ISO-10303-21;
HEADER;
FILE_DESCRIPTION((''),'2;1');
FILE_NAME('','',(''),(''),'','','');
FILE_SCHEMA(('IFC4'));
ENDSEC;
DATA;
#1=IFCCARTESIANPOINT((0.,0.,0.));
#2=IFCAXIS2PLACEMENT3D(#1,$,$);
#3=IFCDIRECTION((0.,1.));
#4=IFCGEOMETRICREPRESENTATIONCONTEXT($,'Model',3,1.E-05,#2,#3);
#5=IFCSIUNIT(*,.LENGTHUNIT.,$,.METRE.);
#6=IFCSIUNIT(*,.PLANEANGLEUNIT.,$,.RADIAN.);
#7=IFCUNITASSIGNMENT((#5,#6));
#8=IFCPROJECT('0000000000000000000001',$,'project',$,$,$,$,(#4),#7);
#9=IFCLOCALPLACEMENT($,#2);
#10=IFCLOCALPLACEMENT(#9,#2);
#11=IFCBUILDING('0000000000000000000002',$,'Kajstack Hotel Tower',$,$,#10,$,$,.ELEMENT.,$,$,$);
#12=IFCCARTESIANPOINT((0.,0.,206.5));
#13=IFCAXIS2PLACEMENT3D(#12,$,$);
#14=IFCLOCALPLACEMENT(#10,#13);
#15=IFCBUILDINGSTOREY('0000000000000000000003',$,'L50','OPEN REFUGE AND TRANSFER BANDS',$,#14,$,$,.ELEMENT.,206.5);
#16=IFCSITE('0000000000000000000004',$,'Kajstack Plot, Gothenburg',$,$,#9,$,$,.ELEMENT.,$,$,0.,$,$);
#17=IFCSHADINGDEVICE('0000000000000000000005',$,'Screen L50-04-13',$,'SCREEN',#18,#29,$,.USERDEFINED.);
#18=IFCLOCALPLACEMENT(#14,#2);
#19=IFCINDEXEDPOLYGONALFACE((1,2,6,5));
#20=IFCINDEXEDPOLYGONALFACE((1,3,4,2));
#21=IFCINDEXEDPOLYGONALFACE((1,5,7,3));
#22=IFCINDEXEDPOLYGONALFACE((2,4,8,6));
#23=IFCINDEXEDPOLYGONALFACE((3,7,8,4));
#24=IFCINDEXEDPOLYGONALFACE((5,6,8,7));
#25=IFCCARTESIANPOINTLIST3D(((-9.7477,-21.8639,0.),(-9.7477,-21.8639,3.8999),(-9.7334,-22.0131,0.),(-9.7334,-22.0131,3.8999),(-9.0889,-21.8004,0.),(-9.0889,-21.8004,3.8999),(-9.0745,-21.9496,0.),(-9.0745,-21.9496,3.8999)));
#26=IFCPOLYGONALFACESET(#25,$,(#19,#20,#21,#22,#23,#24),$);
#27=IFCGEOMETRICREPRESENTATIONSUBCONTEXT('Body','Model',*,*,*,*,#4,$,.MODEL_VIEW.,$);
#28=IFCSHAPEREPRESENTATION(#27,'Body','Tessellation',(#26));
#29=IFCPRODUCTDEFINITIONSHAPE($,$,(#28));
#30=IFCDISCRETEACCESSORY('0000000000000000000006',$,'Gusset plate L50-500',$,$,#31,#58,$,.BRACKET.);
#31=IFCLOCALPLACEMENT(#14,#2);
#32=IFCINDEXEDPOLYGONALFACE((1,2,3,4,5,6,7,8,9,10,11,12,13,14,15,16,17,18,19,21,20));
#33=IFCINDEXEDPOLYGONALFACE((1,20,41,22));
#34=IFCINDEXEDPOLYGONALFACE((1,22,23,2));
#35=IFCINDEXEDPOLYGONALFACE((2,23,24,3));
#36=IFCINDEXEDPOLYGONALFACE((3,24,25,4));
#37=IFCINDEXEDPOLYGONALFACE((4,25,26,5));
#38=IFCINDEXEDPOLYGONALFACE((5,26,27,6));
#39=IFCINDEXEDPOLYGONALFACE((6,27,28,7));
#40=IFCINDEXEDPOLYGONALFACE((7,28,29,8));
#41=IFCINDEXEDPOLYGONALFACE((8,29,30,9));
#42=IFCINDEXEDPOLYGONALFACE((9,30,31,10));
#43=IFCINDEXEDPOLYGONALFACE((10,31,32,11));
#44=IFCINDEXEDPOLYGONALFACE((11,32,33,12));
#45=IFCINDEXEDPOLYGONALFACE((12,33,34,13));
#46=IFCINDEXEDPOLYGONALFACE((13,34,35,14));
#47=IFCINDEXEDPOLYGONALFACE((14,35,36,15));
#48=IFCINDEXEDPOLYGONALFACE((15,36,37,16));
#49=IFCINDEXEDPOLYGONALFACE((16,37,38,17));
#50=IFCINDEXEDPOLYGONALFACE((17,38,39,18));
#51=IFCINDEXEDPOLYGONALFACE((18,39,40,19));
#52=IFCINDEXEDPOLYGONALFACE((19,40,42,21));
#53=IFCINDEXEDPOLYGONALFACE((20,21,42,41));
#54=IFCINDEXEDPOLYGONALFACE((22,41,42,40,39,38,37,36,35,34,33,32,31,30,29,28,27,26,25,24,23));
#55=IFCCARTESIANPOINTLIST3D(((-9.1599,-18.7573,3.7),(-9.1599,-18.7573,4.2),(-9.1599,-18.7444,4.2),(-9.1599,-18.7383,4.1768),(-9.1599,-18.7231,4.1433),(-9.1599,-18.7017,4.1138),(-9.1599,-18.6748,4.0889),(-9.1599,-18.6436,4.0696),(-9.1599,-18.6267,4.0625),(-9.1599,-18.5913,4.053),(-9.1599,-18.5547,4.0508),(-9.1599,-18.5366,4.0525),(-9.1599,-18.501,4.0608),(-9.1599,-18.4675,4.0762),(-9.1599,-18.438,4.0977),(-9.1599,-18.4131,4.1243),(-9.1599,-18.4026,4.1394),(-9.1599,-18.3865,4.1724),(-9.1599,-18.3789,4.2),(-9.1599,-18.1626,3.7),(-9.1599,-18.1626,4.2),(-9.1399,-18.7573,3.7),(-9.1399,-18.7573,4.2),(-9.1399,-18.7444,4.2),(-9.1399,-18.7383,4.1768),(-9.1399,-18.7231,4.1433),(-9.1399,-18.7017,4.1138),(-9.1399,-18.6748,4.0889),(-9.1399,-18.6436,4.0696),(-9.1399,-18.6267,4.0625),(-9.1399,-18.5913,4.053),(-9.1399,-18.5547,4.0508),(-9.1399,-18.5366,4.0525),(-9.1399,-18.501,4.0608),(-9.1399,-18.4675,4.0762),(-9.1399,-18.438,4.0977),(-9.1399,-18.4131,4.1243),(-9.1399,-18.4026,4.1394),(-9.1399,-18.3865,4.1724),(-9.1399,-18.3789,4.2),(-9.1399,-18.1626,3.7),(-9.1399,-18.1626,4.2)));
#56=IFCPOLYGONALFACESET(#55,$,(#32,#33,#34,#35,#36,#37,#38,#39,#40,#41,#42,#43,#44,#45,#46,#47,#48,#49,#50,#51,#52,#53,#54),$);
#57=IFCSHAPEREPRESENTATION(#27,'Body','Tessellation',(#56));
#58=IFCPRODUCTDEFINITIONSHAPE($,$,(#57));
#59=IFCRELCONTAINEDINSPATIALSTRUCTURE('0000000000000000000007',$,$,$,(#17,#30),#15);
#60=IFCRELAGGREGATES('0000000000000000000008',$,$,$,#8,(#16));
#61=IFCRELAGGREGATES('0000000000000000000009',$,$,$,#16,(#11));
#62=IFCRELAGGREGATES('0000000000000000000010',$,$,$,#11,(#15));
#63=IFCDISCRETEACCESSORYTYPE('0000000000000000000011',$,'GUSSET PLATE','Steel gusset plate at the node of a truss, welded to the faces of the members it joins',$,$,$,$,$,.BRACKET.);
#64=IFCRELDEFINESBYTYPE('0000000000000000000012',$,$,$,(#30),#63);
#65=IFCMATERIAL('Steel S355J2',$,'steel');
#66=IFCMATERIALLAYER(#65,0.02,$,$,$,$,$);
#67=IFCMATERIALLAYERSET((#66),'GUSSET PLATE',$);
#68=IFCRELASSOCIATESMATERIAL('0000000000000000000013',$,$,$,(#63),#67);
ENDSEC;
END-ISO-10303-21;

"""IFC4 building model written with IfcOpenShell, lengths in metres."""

from ifc_helpers import new_model, si_unit, direction, frame, origin, origin_2d, place, context, subcontext, project, spatial, polyline, rectangle, outline, extrude, material, layer, layer_set, type_object, element, save


model = new_model("IFC4")

# Units and contexts
model_context = context("Model", 3, precision=1e-05, world=origin(), true_north=direction((0.0, 1.0)))
body_context = subcontext(model_context, "Body", "Model", "MODEL_VIEW")
ifc_project = project(units=[si_unit("LENGTHUNIT", "METRE"), si_unit("PLANEANGLEUNIT", "RADIAN")], contexts=[model_context])

# Site, building, storey
site_placement = place(None, origin())
site = spatial("IfcSite", under=ifc_project, at=site_placement, Name="Kajstack Plot, Gothenburg", CompositionType="ELEMENT", RefElevation=0.0)
building_placement = place(site_placement, origin())
building = spatial("IfcBuilding", under=site, at=building_placement, Name="Kajstack Hotel Tower", CompositionType="ELEMENT")
storey_placement = place(building_placement, frame((0.0, 0.0, 206.5)))
storey = spatial("IfcBuildingStorey", under=building, at=storey_placement, Name="L50", Description="OPEN REFUGE AND TRANSFER BANDS", CompositionType="ELEMENT", Elevation=206.5)

# Shared definitions
ifc_material_1 = material(Name="Steel S355J2", Category="steel")

# Shading device
for number, where, z_axis, x_axis, name in (
    (1, (-9.4111, -21.9067, 0.0), (0.0, 0.0, 1.0), (0.995396, 0.095845, 0.0), "Screen L50-04-13"),
):
    element("IfcShadingDevice", number, at=place(storey_placement, frame(where, z_axis=z_axis, x_axis=x_axis)), inside=storey, Name=name, ObjectType="SCREEN", PredefinedType="USERDEFINED", context=body_context, shape_type="SweptSolid", body=[
        extrude(rectangle(XDim=0.6619, YDim=0.1499, at=origin_2d()), origin(), (0.0, 0.0, 1.0), 3.8999),
    ])

# Discrete accessory
ifc_layer_1 = layer(ifc_material_1, 0.02)
ifc_layer_set_1 = layer_set([ifc_layer_1], Name="GUSSET PLATE")
discrete_accessory_type = type_object("IfcDiscreteAccessoryType", Name="GUSSET PLATE", Description="Steel gusset plate at the node of a truss, welded to the faces of the members it joins", PredefinedType="BRACKET", material=ifc_layer_set_1)
discrete_accessory_1_placement = place(storey_placement, frame((-9.1599, -18.5625, 3.7), z_axis=(1.0, 0.0, 0.0), x_axis=(0.0, 1.0, 0.0)))
element("IfcDiscreteAccessory", 2, at=discrete_accessory_1_placement, inside=storey, type_object=discrete_accessory_type, Name="Gusset plate L50-500", PredefinedType="BRACKET", context=body_context, shape_type="SweptSolid", body=[
    extrude(outline(polyline([(0.3999, 0.5), (0.1836, 0.5), (0.176, 0.4724), (0.1599, 0.4395), (0.1494, 0.4243), (0.1245, 0.3977), (0.095, 0.3762), (0.0615, 0.3608), (0.0259, 0.3525), (0.0078, 0.3508), (-0.0288, 0.353), (-0.0642, 0.3625), (-0.0811, 0.3696), (-0.1123, 0.3889), (-0.1392, 0.4138), (-0.1606, 0.4434), (-0.1758, 0.4768), (-0.1819, 0.5), (-0.1948, 0.5), (-0.1948, 0.0), (0.3999, 0.0), (0.3999, 0.5)])), origin(), (0.0, 0.0, 1.0), 0.02),
])

save(model, "model.ifc")
